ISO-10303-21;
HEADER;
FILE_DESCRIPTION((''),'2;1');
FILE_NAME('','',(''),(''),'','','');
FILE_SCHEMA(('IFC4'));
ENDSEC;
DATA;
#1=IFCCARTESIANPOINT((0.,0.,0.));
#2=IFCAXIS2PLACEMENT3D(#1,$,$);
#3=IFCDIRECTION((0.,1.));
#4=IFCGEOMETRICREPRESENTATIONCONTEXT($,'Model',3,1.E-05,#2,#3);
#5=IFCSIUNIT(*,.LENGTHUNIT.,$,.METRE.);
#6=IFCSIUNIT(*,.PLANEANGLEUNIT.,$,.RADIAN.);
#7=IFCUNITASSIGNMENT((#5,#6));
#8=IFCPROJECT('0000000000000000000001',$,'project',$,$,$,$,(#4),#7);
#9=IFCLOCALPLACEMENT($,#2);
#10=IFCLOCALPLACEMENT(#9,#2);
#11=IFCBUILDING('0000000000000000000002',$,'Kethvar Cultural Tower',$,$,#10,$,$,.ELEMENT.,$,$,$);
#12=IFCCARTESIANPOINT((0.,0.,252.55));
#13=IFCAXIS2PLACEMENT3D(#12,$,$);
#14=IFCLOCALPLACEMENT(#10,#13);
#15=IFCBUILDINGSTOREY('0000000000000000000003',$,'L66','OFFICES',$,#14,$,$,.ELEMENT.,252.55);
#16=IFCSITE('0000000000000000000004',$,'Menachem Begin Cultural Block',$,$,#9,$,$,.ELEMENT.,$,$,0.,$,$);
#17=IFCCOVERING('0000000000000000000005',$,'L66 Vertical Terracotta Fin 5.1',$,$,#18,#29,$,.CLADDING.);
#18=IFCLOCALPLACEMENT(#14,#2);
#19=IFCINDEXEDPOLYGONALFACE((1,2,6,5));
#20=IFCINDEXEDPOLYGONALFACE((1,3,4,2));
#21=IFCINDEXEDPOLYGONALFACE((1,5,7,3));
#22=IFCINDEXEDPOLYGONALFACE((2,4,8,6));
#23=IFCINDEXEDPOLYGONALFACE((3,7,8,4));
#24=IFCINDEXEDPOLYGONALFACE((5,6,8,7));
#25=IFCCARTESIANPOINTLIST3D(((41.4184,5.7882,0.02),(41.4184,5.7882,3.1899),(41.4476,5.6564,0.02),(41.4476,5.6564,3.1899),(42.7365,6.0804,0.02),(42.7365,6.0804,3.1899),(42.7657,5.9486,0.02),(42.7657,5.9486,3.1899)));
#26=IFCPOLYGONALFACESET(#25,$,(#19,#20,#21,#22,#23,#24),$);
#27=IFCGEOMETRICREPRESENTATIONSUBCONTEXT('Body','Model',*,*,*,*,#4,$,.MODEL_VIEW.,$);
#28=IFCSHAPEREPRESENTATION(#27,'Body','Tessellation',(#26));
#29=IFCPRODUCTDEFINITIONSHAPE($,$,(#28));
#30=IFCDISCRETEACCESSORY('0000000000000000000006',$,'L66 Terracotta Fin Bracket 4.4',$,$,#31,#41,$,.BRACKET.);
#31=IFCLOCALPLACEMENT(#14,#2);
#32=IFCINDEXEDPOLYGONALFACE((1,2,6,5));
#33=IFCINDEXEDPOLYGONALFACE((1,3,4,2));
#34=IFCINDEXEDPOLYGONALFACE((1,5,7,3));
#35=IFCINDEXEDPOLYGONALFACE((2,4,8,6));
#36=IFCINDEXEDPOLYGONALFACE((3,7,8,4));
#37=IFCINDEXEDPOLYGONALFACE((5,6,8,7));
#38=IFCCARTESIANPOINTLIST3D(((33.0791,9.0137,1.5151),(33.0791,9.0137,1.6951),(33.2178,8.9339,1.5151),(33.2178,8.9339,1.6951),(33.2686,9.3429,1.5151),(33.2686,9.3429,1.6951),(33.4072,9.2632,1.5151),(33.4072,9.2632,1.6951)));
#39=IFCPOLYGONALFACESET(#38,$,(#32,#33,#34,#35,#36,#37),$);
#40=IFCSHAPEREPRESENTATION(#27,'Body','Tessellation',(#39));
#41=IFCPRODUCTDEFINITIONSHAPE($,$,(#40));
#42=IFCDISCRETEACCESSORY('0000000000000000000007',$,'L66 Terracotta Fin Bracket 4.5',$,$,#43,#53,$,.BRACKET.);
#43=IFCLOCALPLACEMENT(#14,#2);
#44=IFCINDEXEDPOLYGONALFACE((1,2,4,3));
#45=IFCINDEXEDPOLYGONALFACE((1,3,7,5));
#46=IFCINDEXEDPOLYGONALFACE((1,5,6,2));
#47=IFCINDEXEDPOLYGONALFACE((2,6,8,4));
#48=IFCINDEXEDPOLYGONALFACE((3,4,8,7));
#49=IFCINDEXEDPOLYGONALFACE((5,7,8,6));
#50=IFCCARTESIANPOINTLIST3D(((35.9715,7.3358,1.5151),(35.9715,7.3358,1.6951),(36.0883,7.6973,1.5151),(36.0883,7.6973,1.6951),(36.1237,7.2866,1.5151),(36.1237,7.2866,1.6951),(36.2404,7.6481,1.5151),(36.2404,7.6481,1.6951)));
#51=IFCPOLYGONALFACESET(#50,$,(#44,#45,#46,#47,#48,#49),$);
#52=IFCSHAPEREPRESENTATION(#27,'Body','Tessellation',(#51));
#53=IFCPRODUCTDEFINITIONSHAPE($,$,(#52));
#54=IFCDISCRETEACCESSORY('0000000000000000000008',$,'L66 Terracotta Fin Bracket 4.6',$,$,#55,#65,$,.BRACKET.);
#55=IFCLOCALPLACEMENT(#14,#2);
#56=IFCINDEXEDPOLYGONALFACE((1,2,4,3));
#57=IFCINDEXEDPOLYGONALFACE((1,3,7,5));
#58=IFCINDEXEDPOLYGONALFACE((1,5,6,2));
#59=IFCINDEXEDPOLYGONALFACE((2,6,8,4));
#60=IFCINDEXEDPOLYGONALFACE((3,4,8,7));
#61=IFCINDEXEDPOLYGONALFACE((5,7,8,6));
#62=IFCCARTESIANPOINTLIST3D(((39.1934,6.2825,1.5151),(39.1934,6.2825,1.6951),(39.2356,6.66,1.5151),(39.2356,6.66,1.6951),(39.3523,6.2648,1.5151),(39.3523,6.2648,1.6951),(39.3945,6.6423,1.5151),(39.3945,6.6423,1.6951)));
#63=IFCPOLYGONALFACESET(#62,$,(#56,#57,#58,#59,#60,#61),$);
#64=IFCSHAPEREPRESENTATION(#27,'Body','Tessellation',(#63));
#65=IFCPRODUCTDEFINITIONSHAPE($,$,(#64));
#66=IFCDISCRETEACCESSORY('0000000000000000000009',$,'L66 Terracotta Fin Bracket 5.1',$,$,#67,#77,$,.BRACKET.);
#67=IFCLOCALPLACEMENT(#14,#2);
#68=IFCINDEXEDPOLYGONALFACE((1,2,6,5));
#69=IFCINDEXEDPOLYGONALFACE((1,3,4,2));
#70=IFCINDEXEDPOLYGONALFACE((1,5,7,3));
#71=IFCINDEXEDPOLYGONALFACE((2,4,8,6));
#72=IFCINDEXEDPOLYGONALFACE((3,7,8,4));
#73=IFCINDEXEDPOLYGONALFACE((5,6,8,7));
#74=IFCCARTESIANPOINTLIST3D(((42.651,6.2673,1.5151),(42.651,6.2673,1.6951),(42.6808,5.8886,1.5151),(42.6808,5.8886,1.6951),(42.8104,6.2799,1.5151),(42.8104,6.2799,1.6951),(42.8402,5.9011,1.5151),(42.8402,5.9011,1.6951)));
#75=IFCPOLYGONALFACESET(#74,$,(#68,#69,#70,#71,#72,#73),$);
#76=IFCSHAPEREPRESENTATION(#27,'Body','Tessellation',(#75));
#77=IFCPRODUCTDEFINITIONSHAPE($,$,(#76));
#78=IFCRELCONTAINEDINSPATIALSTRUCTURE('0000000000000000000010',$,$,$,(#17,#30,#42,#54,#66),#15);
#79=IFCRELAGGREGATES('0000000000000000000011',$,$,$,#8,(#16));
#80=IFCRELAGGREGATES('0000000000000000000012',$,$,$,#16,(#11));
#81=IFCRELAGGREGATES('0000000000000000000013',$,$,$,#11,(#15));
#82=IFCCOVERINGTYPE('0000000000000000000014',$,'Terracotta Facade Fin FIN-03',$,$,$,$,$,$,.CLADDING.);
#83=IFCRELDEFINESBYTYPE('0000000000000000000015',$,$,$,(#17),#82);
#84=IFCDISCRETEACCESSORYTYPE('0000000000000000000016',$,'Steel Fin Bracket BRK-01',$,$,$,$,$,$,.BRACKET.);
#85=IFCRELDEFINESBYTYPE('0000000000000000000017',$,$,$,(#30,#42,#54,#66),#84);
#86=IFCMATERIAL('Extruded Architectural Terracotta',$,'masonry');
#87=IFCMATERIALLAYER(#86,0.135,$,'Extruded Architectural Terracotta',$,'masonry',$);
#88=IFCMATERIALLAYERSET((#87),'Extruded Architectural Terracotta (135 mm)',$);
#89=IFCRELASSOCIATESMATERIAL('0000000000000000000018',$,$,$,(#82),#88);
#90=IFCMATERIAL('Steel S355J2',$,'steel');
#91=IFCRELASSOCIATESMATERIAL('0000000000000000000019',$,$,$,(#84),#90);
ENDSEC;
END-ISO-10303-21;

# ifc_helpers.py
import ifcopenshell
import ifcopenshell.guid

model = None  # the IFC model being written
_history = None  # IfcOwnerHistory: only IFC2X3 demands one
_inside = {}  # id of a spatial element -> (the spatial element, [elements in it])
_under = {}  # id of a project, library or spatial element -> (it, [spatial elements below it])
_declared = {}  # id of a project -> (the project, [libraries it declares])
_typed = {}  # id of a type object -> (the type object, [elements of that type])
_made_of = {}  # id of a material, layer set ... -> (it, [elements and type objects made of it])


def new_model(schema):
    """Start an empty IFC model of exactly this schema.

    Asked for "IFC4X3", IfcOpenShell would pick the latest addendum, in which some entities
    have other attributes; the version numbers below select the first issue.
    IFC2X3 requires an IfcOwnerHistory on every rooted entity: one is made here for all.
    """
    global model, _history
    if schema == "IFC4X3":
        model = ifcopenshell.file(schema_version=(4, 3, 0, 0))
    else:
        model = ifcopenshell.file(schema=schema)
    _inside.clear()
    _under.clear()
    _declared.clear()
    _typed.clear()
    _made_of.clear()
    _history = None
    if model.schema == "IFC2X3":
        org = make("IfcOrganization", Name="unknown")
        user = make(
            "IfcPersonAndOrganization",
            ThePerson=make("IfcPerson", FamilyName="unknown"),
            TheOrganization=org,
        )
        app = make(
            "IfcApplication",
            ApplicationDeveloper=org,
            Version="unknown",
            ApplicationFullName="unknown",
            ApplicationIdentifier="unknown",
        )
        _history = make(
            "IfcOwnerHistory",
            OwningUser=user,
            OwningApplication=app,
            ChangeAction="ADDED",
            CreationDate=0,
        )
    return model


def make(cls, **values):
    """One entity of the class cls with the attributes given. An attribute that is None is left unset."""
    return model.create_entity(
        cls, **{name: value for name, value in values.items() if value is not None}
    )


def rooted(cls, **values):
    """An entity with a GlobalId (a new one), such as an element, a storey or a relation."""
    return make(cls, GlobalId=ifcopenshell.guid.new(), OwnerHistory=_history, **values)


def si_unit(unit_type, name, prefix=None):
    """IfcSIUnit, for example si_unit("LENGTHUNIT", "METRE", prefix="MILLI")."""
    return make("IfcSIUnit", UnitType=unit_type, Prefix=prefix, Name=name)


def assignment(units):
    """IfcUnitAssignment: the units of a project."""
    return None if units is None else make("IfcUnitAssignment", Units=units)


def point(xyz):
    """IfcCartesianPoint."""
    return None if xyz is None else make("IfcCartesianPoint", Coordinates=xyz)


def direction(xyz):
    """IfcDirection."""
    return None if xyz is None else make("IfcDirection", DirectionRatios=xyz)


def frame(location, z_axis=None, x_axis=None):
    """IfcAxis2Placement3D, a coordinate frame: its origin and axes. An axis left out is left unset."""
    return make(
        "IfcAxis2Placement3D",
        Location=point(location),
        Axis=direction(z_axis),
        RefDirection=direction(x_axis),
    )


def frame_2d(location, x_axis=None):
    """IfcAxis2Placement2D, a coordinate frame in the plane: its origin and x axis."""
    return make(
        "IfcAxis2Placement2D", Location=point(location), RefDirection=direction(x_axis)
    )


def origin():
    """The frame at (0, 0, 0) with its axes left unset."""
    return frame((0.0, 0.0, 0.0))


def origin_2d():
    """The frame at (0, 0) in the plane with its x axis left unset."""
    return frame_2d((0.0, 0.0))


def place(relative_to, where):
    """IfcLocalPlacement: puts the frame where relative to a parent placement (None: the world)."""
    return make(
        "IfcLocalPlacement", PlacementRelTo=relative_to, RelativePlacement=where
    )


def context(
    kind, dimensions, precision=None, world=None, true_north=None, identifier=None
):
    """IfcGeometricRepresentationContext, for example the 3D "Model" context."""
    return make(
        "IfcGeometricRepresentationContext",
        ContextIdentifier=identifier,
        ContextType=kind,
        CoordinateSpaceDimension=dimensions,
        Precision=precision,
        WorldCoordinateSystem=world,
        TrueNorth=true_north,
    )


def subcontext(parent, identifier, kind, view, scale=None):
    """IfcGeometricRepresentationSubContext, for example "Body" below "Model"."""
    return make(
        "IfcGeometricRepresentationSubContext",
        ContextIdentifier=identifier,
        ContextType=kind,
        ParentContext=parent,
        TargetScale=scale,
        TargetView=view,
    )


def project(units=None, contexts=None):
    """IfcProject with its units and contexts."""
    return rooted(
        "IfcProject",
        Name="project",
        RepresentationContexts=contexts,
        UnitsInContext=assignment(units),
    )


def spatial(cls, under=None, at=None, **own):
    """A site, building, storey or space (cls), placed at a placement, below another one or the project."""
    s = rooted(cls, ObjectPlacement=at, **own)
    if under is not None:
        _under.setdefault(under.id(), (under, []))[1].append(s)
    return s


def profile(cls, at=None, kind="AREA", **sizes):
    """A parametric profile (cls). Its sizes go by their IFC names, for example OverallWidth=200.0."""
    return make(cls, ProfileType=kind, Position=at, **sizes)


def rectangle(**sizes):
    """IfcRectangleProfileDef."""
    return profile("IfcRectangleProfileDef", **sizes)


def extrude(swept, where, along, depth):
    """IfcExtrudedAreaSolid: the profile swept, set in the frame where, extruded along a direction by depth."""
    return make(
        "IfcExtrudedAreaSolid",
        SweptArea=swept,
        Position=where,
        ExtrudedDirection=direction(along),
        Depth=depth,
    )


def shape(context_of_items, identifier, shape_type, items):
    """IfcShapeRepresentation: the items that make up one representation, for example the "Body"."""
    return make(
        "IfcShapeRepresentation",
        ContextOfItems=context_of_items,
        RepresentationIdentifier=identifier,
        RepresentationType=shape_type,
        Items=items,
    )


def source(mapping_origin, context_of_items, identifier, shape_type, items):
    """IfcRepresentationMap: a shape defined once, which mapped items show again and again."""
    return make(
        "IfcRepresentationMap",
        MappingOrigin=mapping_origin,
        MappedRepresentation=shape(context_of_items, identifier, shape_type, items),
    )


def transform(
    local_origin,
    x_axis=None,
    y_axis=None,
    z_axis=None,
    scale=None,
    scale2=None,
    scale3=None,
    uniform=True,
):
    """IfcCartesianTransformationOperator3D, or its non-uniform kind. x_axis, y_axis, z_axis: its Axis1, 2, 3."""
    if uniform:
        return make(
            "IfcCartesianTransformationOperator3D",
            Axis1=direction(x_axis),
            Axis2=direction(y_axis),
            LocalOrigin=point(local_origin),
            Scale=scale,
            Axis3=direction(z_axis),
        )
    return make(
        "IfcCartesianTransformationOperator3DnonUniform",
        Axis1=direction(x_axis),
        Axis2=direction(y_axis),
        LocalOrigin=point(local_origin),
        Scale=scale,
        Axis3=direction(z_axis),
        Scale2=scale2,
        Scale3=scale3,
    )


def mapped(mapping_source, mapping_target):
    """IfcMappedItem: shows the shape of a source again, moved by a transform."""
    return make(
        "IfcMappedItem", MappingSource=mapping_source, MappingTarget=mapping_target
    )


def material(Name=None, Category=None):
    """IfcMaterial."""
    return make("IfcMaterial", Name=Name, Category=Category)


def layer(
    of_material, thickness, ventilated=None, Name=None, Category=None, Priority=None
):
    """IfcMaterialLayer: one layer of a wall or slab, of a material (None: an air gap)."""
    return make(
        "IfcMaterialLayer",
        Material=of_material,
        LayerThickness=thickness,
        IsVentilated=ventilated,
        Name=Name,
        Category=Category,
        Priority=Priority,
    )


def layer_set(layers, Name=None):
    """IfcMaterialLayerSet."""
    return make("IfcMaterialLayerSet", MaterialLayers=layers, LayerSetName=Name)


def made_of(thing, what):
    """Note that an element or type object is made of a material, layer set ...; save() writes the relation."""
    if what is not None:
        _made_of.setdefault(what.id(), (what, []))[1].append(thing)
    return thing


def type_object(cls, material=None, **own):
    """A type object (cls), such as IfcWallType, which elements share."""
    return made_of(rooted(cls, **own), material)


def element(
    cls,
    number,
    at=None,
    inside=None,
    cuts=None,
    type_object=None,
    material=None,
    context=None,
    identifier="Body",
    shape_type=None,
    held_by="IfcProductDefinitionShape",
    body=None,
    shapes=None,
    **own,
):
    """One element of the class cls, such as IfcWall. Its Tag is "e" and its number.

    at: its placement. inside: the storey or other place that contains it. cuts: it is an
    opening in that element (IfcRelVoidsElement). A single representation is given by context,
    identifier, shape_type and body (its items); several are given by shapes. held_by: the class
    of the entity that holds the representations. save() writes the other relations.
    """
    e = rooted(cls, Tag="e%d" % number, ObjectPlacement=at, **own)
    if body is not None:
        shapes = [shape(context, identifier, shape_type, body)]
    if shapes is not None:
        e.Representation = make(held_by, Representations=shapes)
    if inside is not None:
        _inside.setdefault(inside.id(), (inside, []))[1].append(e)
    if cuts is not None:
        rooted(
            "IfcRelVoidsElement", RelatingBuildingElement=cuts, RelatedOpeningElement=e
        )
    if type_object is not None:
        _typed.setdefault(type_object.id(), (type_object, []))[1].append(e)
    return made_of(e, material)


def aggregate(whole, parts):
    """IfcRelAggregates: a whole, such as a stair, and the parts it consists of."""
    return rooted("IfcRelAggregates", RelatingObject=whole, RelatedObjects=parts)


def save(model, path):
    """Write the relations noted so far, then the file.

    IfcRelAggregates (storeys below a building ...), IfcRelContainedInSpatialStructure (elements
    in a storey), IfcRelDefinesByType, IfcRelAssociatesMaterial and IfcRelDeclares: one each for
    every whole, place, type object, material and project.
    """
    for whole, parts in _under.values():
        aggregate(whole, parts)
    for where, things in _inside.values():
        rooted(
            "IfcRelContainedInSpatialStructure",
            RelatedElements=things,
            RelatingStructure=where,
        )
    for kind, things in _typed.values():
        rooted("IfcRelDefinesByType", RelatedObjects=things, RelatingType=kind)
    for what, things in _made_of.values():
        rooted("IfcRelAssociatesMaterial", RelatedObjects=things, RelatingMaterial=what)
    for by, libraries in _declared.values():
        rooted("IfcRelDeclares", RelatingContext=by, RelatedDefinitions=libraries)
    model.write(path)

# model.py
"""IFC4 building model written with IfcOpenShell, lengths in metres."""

from ifc_helpers import new_model, si_unit, direction, frame, origin, origin_2d, place, context, subcontext, project, spatial, rectangle, extrude, source, transform, mapped, material, layer, layer_set, type_object, element, save


model = new_model("IFC4")

# Units and contexts
model_context = context("Model", 3, precision=1e-05, world=origin(), true_north=direction((0.0, 1.0)))
body_context = subcontext(model_context, "Body", "Model", "MODEL_VIEW")
ifc_project = project(units=[si_unit("LENGTHUNIT", "METRE"), si_unit("PLANEANGLEUNIT", "RADIAN")], contexts=[model_context])

# Site, building, storey
site_placement = place(None, origin())
site = spatial("IfcSite", under=ifc_project, at=site_placement, Name="Menachem Begin Cultural Block", CompositionType="ELEMENT", RefElevation=0.0)
building_placement = place(site_placement, origin())
building = spatial("IfcBuilding", under=site, at=building_placement, Name="Kethvar Cultural Tower", CompositionType="ELEMENT")
storey_placement = place(building_placement, frame((0.0, 0.0, 252.55)))
storey = spatial("IfcBuildingStorey", under=building, at=storey_placement, Name="L66", Description="OFFICES", CompositionType="ELEMENT", Elevation=252.55)

# Shared definitions
ifc_material_1 = material(Name="Steel S355J2", Category="steel")

# Covering
ifc_material_2 = material(Name="Extruded Architectural Terracotta", Category="masonry")
ifc_layer_1 = layer(ifc_material_2, 0.135, Name="Extruded Architectural Terracotta", Category="masonry")
ifc_layer_set_1 = layer_set([ifc_layer_1], Name="Extruded Architectural Terracotta (135 mm)")
covering_type = type_object("IfcCoveringType", Name="Terracotta Facade Fin FIN-03", PredefinedType="CLADDING", material=ifc_layer_set_1)
shared_shape_1 = source(origin(), body_context, "Body", "SweptSolid", [
    extrude(rectangle(XDim=1.3501, YDim=0.135, at=origin_2d()), origin(), (0.0, 0.0, 1.0), 3.1699),
])
for number, where, z_axis, x_axis, name in (
    (1, (42.092, 5.8684, 0.02), (0.0, 0.0, 1.0), (-0.976296, -0.21644, 0.0), "L66 Vertical Terracotta Fin 5.1"),
):
    element("IfcCovering", number, at=place(storey_placement, frame(where, z_axis=z_axis, x_axis=x_axis)), inside=storey, type_object=covering_type, Name=name, PredefinedType="CLADDING", context=body_context, shape_type="MappedRepresentation", body=[
        mapped(shared_shape_1, transform((0.0, 0.0, 0.0), scale=1.0)),
    ])

# Discrete accessories
discrete_accessory_type = type_object("IfcDiscreteAccessoryType", Name="Steel Fin Bracket BRK-01", PredefinedType="BRACKET", material=ifc_material_1)
shared_shape_2 = source(origin(), body_context, "Body", "SweptSolid", [
    extrude(rectangle(XDim=0.3799, YDim=0.1599, at=origin_2d()), origin(), (0.0, 0.0, 1.0), 0.1799),
])
for number, where, z_axis, x_axis, name in (
    (2, (33.2432, 9.1384, 1.5151), (0.0, 0.0, 1.0), (-0.498639, -0.86681, 0.0), "L66 Terracotta Fin Bracket 4.4"),
    (3, (36.106, 7.4919, 1.5151), (0.0, 0.0, 1.0), (-0.307357, -0.951594, 0.0), "L66 Terracotta Fin Bracket 4.5"),
    (4, (39.2939, 6.4624, 1.5151), (0.0, 0.0, 1.0), (-0.110949, -0.993826, 0.0), "L66 Terracotta Fin Bracket 4.6"),
    (5, (42.7456, 6.0842, 1.5151), (0.0, 0.0, 1.0), (0.078459, -0.996917, 0.0), "L66 Terracotta Fin Bracket 5.1"),
):
    element("IfcDiscreteAccessory", number, at=place(storey_placement, frame(where, z_axis=z_axis, x_axis=x_axis)), inside=storey, type_object=discrete_accessory_type, Name=name, PredefinedType="BRACKET", context=body_context, shape_type="MappedRepresentation", body=[
        mapped(shared_shape_2, transform((0.0, 0.0, 0.0), scale=1.0)),
    ])

save(model, "model.ifc")
